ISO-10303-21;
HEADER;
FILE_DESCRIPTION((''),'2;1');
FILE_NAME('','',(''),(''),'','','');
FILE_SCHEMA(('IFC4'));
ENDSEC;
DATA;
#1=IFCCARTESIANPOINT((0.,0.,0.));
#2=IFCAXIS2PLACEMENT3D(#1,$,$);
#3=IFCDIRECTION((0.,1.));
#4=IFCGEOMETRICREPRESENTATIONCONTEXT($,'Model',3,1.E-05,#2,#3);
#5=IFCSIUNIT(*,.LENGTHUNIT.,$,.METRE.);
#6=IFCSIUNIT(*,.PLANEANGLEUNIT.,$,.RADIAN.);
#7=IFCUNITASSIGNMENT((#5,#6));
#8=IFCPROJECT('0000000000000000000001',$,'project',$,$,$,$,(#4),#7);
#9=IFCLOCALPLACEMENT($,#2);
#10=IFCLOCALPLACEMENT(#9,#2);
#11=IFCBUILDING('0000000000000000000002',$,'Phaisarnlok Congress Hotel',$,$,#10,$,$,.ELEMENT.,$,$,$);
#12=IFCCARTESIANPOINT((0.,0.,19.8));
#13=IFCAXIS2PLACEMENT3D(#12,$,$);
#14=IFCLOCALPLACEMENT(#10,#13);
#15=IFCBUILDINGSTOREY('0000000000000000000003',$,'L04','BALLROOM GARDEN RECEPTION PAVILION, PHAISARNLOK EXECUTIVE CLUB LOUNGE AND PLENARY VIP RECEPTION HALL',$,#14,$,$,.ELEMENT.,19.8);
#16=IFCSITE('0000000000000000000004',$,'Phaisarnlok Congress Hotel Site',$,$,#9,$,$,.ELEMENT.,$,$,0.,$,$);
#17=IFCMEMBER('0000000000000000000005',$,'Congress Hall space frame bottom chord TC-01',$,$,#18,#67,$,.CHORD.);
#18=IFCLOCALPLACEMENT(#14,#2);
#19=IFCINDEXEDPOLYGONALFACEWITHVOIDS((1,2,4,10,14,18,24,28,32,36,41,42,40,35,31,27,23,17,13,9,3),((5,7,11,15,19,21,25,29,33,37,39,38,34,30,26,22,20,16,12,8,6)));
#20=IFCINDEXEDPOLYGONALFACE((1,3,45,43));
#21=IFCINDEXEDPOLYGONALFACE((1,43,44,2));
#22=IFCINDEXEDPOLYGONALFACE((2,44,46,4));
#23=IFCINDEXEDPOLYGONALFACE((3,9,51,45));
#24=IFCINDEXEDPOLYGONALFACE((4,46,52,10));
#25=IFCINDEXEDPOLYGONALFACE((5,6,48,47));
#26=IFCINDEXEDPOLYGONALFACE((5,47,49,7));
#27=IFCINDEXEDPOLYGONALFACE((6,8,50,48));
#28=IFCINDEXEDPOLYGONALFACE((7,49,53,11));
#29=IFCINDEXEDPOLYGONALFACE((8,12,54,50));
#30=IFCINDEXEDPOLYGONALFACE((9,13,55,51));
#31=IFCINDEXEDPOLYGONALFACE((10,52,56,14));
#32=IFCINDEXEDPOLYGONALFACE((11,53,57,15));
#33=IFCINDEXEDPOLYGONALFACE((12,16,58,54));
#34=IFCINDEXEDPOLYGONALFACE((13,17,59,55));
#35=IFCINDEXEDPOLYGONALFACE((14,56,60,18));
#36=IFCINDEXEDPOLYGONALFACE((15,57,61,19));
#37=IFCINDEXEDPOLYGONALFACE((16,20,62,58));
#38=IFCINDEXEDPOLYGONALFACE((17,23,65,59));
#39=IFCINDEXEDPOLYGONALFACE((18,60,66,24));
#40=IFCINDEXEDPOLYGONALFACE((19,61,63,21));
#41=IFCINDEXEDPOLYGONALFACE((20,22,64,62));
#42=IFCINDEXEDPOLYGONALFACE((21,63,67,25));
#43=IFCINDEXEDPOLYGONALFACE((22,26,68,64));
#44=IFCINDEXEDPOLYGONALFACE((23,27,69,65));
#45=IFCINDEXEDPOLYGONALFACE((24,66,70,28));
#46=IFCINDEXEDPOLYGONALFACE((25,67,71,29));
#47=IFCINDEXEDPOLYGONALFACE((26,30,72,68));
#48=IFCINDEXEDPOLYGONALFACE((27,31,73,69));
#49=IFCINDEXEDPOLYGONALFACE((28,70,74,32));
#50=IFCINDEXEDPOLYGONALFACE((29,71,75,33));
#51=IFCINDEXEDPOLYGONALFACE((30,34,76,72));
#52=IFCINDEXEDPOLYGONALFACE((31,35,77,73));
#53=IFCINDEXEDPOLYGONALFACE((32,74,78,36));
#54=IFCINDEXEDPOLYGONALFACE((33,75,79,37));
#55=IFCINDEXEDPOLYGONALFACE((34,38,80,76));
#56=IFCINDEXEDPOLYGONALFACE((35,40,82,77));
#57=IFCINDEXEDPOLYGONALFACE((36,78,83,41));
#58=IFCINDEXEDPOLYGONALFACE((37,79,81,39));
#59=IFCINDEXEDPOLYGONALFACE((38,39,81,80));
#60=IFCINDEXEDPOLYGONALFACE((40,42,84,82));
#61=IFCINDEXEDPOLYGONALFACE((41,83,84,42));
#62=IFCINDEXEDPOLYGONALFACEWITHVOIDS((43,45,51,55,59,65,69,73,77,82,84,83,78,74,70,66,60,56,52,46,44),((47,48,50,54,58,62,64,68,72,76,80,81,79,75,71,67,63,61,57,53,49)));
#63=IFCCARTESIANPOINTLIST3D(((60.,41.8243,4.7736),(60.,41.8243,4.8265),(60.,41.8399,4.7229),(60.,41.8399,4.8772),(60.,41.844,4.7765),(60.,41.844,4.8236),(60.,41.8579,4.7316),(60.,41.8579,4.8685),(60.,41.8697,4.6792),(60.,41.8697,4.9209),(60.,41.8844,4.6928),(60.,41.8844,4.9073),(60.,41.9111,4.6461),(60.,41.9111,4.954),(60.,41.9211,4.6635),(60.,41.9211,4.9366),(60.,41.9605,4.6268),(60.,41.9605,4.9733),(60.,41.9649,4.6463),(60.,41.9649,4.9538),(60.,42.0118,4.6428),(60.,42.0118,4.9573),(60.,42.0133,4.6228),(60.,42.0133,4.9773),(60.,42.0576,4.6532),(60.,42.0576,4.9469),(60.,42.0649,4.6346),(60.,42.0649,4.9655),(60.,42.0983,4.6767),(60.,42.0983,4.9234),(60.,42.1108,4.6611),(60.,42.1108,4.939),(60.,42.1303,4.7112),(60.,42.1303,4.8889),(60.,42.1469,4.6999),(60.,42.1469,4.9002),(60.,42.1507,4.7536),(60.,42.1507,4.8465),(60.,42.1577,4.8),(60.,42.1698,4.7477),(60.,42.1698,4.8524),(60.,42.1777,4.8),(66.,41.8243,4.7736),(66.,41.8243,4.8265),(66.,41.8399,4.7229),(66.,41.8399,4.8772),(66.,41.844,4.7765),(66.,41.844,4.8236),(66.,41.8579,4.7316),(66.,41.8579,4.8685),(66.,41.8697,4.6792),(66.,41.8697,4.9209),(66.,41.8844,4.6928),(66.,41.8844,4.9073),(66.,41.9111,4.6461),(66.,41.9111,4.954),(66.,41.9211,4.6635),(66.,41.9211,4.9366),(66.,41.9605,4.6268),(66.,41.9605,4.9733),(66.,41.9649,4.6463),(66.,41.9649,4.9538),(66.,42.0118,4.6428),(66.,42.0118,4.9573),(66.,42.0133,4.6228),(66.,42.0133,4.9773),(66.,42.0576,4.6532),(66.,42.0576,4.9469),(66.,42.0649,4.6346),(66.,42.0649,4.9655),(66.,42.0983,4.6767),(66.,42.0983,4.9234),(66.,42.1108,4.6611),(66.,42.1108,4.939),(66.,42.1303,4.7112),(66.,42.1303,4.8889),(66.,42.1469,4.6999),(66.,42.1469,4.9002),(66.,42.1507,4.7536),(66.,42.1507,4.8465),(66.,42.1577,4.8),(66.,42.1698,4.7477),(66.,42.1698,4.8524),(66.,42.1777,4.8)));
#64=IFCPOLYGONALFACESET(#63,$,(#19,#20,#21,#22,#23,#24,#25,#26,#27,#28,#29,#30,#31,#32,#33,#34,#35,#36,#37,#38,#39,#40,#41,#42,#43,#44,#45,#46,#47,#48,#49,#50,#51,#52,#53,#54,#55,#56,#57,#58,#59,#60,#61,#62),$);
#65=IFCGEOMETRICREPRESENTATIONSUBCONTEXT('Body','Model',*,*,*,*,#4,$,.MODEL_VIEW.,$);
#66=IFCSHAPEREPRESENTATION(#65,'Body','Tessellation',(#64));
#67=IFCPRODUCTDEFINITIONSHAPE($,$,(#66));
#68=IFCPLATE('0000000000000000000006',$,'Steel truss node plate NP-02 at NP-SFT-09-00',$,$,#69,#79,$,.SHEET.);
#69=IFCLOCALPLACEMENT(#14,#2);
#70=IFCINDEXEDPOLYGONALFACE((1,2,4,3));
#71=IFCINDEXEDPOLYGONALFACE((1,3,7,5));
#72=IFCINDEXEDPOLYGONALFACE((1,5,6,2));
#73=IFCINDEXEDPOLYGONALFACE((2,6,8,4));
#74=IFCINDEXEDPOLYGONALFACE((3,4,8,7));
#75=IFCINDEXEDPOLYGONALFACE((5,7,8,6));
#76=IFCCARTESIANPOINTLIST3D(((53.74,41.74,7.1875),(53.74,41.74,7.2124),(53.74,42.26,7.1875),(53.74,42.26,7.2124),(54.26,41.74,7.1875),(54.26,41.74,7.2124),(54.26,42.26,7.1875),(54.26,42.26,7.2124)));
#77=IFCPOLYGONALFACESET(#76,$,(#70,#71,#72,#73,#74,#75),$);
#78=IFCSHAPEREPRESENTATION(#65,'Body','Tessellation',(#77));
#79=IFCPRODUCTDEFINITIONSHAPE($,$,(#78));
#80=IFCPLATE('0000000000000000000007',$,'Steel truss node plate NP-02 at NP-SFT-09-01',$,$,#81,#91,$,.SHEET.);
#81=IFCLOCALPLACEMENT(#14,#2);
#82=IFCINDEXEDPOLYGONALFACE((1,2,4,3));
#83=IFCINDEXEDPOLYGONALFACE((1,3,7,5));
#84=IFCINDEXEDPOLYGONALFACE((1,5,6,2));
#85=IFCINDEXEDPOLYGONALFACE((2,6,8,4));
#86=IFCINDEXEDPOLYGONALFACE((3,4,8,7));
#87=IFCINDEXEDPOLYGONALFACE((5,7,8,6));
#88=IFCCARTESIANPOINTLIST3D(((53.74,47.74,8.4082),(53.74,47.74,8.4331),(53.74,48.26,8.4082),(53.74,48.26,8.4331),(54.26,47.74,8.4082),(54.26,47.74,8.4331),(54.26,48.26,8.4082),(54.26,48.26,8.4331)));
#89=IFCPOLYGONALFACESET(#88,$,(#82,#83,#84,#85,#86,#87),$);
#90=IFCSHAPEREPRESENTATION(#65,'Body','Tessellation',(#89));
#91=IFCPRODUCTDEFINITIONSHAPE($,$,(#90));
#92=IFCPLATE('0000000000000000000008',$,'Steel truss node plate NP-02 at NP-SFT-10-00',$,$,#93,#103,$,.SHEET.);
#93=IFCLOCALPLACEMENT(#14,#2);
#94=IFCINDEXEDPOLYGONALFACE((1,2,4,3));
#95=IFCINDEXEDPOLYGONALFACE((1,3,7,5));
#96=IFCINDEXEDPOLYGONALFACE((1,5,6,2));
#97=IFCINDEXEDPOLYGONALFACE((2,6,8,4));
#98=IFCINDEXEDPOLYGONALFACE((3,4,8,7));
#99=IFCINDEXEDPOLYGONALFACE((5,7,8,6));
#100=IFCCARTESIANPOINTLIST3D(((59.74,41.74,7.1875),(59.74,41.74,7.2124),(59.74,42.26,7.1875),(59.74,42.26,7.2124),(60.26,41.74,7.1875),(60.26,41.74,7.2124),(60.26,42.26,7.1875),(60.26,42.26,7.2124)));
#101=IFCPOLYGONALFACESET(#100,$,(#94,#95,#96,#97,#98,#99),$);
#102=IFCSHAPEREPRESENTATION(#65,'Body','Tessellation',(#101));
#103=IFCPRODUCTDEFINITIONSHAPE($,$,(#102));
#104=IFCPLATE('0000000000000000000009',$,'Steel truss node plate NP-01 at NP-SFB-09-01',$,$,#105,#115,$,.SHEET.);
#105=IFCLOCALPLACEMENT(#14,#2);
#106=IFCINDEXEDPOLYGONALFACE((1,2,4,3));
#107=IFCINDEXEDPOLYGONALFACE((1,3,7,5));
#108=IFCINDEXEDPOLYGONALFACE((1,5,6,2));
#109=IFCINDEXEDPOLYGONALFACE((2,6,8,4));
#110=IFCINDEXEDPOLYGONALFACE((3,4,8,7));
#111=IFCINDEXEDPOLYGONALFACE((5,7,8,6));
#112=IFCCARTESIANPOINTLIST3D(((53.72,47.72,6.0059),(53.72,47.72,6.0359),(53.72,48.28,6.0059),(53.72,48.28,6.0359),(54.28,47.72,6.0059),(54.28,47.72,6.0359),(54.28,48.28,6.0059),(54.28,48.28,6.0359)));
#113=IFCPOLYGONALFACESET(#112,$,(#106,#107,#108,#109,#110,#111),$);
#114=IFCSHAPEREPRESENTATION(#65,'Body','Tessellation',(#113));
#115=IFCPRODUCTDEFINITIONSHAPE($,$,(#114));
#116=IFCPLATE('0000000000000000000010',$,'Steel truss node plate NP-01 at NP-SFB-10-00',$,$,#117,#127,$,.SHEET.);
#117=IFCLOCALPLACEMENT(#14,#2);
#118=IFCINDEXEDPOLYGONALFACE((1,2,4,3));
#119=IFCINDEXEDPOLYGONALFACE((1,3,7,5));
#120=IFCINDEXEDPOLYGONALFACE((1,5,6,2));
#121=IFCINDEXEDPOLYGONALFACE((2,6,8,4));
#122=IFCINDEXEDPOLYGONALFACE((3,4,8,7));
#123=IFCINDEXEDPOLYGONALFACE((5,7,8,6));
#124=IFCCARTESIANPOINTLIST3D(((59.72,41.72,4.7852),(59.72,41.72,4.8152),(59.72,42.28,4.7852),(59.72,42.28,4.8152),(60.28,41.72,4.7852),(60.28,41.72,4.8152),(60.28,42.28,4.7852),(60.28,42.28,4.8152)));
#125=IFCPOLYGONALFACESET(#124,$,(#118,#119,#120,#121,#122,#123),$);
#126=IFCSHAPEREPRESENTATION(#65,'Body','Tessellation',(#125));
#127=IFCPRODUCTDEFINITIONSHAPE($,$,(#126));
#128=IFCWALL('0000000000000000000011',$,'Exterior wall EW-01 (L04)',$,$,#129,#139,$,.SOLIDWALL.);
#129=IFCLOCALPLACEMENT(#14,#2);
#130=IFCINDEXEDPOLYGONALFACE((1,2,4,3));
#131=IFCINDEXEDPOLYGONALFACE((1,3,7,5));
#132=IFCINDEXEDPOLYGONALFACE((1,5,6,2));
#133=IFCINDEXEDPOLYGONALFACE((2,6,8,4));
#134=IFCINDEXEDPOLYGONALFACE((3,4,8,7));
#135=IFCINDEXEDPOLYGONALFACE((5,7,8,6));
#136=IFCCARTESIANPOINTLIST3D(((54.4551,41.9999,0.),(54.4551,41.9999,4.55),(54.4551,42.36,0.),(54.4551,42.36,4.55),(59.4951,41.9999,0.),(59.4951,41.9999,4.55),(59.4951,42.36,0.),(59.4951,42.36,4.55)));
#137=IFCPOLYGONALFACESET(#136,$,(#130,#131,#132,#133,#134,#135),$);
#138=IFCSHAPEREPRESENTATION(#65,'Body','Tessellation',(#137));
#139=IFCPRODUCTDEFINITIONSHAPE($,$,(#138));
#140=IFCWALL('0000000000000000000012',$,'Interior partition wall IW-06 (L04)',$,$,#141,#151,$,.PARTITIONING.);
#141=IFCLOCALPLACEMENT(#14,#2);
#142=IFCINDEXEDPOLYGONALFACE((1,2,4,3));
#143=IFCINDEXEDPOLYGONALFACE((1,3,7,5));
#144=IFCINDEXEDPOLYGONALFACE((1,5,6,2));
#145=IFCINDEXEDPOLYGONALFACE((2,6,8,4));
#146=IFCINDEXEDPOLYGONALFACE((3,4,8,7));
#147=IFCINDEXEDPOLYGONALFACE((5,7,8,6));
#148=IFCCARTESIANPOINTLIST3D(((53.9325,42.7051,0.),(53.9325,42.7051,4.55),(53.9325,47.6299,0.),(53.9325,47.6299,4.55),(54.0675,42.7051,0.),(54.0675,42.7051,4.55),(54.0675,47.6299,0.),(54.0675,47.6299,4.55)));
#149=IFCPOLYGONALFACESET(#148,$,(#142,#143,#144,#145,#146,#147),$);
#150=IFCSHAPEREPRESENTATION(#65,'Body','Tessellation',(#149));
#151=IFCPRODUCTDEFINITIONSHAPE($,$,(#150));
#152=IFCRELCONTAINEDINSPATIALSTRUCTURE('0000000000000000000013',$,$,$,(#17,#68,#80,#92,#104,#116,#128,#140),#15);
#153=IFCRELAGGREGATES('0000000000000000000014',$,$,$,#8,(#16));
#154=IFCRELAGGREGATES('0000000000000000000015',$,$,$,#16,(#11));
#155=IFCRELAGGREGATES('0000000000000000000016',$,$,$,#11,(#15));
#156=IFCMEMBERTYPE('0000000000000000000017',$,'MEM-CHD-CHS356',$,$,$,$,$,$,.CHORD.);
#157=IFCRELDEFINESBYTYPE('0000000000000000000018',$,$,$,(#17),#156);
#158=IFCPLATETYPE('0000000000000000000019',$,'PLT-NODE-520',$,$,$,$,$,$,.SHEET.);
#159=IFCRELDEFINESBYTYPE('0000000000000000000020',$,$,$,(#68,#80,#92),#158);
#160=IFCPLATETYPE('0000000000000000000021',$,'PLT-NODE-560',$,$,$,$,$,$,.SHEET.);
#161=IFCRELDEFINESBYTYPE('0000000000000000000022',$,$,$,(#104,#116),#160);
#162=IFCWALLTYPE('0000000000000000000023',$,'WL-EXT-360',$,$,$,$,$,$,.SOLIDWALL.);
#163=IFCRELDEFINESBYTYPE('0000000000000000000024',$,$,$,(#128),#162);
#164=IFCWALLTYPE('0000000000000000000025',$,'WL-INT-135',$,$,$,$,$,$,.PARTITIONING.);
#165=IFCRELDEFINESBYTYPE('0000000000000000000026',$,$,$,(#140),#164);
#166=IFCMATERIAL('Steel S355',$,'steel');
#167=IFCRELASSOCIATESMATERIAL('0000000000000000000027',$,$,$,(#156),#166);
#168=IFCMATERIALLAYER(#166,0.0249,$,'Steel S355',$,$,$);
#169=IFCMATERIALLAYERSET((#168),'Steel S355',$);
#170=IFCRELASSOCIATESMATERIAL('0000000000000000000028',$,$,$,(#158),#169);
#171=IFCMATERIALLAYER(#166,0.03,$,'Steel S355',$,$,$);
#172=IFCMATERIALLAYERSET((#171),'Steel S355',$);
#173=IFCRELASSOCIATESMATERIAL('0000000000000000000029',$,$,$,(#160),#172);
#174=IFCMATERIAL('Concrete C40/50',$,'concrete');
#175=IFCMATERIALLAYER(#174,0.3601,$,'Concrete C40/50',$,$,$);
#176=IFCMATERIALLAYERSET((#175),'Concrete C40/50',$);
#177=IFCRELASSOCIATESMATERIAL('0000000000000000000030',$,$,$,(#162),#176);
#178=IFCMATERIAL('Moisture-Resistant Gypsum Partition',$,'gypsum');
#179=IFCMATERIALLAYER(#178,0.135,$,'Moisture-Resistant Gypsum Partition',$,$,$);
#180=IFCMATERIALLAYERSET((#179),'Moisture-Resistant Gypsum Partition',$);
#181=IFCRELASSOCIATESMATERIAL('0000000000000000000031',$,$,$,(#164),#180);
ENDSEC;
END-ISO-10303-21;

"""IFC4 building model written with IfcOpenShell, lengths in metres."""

from ifc_helpers import new_model, si_unit, direction, frame, frame_2d, origin, origin_2d, place, context, subcontext, project, spatial, rectangle, hollow_circle, extrude, material, layer, layer_set, material_profile, profile_set, type_object, element, save


model = new_model("IFC4")

# Units and contexts
model_context = context("Model", 3, precision=1e-05, world=origin(), true_north=direction((0.0, 1.0)))
body_context = subcontext(model_context, "Body", "Model", "MODEL_VIEW")
ifc_project = project(units=[si_unit("LENGTHUNIT", "METRE"), si_unit("PLANEANGLEUNIT", "RADIAN")], contexts=[model_context])

# Site, building, storey
site_placement = place(None, origin())
site = spatial("IfcSite", under=ifc_project, at=site_placement, Name="Phaisarnlok Congress Hotel Site", CompositionType="ELEMENT", RefElevation=0.0)
building_placement = place(site_placement, origin())
building = spatial("IfcBuilding", under=site, at=building_placement, Name="Phaisarnlok Congress Hotel", CompositionType="ELEMENT")
storey_placement = place(building_placement, frame((0.0, 0.0, 19.8)))
storey = spatial("IfcBuildingStorey", under=building, at=storey_placement, Name="L04", Description="BALLROOM GARDEN RECEPTION PAVILION, PHAISARNLOK EXECUTIVE CLUB LOUNGE AND PLENARY VIP RECEPTION HALL", CompositionType="ELEMENT", Elevation=19.8)

# Member
ifc_material_1 = material(Name="Steel S355", Category="steel")
ifc_material_profile_1 = material_profile(ifc_material_1, hollow_circle(Radius=0.1777, WallThickness=0.02, at=origin_2d()), Name="CHS 355.6x20")
ifc_profile_set_1 = profile_set([ifc_material_profile_1], Name="Steel S355")
member_type_1 = type_object("IfcMemberType", Name="MEM-CHD-CHS356", PredefinedType="CHORD", material=ifc_profile_set_1)
member_1_placement = place(storey_placement, frame((60.0, 42.0, 4.8), z_axis=(1.0, 0.0, 0.0), x_axis=(0.0, 1.0, 0.0)))
element("IfcMember", 1, at=member_1_placement, inside=storey, type_object=member_type_1, Name="Congress Hall space frame bottom chord TC-01", PredefinedType="CHORD", context=body_context, shape_type="SweptSolid", body=[
    extrude(hollow_circle(Radius=0.1777, WallThickness=0.02, at=origin_2d()), origin(), (0.0, 0.0, 1.0), 6.0),
])

# Plates
ifc_layer_1 = layer(ifc_material_1, 0.0249, Name="Steel S355")
ifc_layer_set_1 = layer_set([ifc_layer_1], Name="Steel S355")
plate_type_1 = type_object("IfcPlateType", Name="PLT-NODE-520", PredefinedType="SHEET", material=ifc_layer_set_1)
for number, where, z_axis, x_axis, name in (
    (2, (54.0, 42.0, 7.1875), (0.0, 0.0, 1.0), (1.0, 0.0, 0.0), "Steel truss node plate NP-02 at NP-SFT-09-00"),
    (3, (54.0, 48.0, 8.4082), (0.0, 0.0, 1.0), (1.0, 0.0, 0.0), "Steel truss node plate NP-02 at NP-SFT-09-01"),
    (4, (60.0, 42.0, 7.1875), (0.0, 0.0, 1.0), (1.0, 0.0, 0.0), "Steel truss node plate NP-02 at NP-SFT-10-00"),
):
    element("IfcPlate", number, at=place(storey_placement, frame(where, z_axis=z_axis, x_axis=x_axis)), inside=storey, type_object=plate_type_1, Name=name, PredefinedType="SHEET", context=body_context, shape_type="SweptSolid", body=[
        extrude(rectangle(XDim=0.52, YDim=0.52, at=origin_2d()), origin(), (0.0, 0.0, 1.0), 0.0249),
    ])
ifc_layer_2 = layer(ifc_material_1, 0.03, Name="Steel S355")
ifc_layer_set_2 = layer_set([ifc_layer_2], Name="Steel S355")
plate_type_2 = type_object("IfcPlateType", Name="PLT-NODE-560", PredefinedType="SHEET", material=ifc_layer_set_2)
for number, where, z_axis, x_axis, name in (
    (5, (54.0, 48.0, 6.0059), (0.0, 0.0, 1.0), (1.0, 0.0, 0.0), "Steel truss node plate NP-01 at NP-SFB-09-01"),
    (6, (60.0, 42.0, 4.7852), (0.0, 0.0, 1.0), (1.0, 0.0, 0.0), "Steel truss node plate NP-01 at NP-SFB-10-00"),
):
    element("IfcPlate", number, at=place(storey_placement, frame(where, z_axis=z_axis, x_axis=x_axis)), inside=storey, type_object=plate_type_2, Name=name, PredefinedType="SHEET", context=body_context, shape_type="SweptSolid", body=[
        extrude(rectangle(XDim=0.5601, YDim=0.5601, at=origin_2d()), origin(), (0.0, 0.0, 1.0), 0.03),
    ])

# Walls
ifc_material_2 = material(Name="Concrete C40/50", Category="concrete")
ifc_layer_3 = layer(ifc_material_2, 0.3601, Name="Concrete C40/50")
ifc_layer_set_3 = layer_set([ifc_layer_3], Name="Concrete C40/50")
wall_type_1 = type_object("IfcWallType", Name="WL-EXT-360", PredefinedType="SOLIDWALL", material=ifc_layer_set_3)
wall_1_placement = place(storey_placement, frame((54.4551, 42.1799, 0.0), z_axis=(0.0, 0.0, 1.0), x_axis=(1.0, 0.0, 0.0)))
element("IfcWall", 7, at=wall_1_placement, inside=storey, type_object=wall_type_1, Name="Exterior wall EW-01 (L04)", PredefinedType="SOLIDWALL", context=body_context, shape_type="SweptSolid", body=[
    extrude(rectangle(XDim=5.04, YDim=0.3601, at=frame_2d((2.52, 0.0))), origin(), (0.0, 0.0, 1.0), 4.55),
])
ifc_material_3 = material(Name="Moisture-Resistant Gypsum Partition", Category="gypsum")
ifc_layer_4 = layer(ifc_material_3, 0.135, Name="Moisture-Resistant Gypsum Partition")
ifc_layer_set_4 = layer_set([ifc_layer_4], Name="Moisture-Resistant Gypsum Partition")
wall_type_2 = type_object("IfcWallType", Name="WL-INT-135", PredefinedType="PARTITIONING", material=ifc_layer_set_4)
wall_2_placement = place(storey_placement, frame((54.0, 42.7051, 0.0), z_axis=(0.0, 0.0, 1.0), x_axis=(0.0, 1.0, 0.0)))
element("IfcWall", 8, at=wall_2_placement, inside=storey, type_object=wall_type_2, Name="Interior partition wall IW-06 (L04)", PredefinedType="PARTITIONING", context=body_context, shape_type="SweptSolid", body=[
    extrude(rectangle(XDim=4.9248, YDim=0.135, at=frame_2d((2.4624, 0.0))), origin(), (0.0, 0.0, 1.0), 4.55),
])

save(model, "model.ifc")
